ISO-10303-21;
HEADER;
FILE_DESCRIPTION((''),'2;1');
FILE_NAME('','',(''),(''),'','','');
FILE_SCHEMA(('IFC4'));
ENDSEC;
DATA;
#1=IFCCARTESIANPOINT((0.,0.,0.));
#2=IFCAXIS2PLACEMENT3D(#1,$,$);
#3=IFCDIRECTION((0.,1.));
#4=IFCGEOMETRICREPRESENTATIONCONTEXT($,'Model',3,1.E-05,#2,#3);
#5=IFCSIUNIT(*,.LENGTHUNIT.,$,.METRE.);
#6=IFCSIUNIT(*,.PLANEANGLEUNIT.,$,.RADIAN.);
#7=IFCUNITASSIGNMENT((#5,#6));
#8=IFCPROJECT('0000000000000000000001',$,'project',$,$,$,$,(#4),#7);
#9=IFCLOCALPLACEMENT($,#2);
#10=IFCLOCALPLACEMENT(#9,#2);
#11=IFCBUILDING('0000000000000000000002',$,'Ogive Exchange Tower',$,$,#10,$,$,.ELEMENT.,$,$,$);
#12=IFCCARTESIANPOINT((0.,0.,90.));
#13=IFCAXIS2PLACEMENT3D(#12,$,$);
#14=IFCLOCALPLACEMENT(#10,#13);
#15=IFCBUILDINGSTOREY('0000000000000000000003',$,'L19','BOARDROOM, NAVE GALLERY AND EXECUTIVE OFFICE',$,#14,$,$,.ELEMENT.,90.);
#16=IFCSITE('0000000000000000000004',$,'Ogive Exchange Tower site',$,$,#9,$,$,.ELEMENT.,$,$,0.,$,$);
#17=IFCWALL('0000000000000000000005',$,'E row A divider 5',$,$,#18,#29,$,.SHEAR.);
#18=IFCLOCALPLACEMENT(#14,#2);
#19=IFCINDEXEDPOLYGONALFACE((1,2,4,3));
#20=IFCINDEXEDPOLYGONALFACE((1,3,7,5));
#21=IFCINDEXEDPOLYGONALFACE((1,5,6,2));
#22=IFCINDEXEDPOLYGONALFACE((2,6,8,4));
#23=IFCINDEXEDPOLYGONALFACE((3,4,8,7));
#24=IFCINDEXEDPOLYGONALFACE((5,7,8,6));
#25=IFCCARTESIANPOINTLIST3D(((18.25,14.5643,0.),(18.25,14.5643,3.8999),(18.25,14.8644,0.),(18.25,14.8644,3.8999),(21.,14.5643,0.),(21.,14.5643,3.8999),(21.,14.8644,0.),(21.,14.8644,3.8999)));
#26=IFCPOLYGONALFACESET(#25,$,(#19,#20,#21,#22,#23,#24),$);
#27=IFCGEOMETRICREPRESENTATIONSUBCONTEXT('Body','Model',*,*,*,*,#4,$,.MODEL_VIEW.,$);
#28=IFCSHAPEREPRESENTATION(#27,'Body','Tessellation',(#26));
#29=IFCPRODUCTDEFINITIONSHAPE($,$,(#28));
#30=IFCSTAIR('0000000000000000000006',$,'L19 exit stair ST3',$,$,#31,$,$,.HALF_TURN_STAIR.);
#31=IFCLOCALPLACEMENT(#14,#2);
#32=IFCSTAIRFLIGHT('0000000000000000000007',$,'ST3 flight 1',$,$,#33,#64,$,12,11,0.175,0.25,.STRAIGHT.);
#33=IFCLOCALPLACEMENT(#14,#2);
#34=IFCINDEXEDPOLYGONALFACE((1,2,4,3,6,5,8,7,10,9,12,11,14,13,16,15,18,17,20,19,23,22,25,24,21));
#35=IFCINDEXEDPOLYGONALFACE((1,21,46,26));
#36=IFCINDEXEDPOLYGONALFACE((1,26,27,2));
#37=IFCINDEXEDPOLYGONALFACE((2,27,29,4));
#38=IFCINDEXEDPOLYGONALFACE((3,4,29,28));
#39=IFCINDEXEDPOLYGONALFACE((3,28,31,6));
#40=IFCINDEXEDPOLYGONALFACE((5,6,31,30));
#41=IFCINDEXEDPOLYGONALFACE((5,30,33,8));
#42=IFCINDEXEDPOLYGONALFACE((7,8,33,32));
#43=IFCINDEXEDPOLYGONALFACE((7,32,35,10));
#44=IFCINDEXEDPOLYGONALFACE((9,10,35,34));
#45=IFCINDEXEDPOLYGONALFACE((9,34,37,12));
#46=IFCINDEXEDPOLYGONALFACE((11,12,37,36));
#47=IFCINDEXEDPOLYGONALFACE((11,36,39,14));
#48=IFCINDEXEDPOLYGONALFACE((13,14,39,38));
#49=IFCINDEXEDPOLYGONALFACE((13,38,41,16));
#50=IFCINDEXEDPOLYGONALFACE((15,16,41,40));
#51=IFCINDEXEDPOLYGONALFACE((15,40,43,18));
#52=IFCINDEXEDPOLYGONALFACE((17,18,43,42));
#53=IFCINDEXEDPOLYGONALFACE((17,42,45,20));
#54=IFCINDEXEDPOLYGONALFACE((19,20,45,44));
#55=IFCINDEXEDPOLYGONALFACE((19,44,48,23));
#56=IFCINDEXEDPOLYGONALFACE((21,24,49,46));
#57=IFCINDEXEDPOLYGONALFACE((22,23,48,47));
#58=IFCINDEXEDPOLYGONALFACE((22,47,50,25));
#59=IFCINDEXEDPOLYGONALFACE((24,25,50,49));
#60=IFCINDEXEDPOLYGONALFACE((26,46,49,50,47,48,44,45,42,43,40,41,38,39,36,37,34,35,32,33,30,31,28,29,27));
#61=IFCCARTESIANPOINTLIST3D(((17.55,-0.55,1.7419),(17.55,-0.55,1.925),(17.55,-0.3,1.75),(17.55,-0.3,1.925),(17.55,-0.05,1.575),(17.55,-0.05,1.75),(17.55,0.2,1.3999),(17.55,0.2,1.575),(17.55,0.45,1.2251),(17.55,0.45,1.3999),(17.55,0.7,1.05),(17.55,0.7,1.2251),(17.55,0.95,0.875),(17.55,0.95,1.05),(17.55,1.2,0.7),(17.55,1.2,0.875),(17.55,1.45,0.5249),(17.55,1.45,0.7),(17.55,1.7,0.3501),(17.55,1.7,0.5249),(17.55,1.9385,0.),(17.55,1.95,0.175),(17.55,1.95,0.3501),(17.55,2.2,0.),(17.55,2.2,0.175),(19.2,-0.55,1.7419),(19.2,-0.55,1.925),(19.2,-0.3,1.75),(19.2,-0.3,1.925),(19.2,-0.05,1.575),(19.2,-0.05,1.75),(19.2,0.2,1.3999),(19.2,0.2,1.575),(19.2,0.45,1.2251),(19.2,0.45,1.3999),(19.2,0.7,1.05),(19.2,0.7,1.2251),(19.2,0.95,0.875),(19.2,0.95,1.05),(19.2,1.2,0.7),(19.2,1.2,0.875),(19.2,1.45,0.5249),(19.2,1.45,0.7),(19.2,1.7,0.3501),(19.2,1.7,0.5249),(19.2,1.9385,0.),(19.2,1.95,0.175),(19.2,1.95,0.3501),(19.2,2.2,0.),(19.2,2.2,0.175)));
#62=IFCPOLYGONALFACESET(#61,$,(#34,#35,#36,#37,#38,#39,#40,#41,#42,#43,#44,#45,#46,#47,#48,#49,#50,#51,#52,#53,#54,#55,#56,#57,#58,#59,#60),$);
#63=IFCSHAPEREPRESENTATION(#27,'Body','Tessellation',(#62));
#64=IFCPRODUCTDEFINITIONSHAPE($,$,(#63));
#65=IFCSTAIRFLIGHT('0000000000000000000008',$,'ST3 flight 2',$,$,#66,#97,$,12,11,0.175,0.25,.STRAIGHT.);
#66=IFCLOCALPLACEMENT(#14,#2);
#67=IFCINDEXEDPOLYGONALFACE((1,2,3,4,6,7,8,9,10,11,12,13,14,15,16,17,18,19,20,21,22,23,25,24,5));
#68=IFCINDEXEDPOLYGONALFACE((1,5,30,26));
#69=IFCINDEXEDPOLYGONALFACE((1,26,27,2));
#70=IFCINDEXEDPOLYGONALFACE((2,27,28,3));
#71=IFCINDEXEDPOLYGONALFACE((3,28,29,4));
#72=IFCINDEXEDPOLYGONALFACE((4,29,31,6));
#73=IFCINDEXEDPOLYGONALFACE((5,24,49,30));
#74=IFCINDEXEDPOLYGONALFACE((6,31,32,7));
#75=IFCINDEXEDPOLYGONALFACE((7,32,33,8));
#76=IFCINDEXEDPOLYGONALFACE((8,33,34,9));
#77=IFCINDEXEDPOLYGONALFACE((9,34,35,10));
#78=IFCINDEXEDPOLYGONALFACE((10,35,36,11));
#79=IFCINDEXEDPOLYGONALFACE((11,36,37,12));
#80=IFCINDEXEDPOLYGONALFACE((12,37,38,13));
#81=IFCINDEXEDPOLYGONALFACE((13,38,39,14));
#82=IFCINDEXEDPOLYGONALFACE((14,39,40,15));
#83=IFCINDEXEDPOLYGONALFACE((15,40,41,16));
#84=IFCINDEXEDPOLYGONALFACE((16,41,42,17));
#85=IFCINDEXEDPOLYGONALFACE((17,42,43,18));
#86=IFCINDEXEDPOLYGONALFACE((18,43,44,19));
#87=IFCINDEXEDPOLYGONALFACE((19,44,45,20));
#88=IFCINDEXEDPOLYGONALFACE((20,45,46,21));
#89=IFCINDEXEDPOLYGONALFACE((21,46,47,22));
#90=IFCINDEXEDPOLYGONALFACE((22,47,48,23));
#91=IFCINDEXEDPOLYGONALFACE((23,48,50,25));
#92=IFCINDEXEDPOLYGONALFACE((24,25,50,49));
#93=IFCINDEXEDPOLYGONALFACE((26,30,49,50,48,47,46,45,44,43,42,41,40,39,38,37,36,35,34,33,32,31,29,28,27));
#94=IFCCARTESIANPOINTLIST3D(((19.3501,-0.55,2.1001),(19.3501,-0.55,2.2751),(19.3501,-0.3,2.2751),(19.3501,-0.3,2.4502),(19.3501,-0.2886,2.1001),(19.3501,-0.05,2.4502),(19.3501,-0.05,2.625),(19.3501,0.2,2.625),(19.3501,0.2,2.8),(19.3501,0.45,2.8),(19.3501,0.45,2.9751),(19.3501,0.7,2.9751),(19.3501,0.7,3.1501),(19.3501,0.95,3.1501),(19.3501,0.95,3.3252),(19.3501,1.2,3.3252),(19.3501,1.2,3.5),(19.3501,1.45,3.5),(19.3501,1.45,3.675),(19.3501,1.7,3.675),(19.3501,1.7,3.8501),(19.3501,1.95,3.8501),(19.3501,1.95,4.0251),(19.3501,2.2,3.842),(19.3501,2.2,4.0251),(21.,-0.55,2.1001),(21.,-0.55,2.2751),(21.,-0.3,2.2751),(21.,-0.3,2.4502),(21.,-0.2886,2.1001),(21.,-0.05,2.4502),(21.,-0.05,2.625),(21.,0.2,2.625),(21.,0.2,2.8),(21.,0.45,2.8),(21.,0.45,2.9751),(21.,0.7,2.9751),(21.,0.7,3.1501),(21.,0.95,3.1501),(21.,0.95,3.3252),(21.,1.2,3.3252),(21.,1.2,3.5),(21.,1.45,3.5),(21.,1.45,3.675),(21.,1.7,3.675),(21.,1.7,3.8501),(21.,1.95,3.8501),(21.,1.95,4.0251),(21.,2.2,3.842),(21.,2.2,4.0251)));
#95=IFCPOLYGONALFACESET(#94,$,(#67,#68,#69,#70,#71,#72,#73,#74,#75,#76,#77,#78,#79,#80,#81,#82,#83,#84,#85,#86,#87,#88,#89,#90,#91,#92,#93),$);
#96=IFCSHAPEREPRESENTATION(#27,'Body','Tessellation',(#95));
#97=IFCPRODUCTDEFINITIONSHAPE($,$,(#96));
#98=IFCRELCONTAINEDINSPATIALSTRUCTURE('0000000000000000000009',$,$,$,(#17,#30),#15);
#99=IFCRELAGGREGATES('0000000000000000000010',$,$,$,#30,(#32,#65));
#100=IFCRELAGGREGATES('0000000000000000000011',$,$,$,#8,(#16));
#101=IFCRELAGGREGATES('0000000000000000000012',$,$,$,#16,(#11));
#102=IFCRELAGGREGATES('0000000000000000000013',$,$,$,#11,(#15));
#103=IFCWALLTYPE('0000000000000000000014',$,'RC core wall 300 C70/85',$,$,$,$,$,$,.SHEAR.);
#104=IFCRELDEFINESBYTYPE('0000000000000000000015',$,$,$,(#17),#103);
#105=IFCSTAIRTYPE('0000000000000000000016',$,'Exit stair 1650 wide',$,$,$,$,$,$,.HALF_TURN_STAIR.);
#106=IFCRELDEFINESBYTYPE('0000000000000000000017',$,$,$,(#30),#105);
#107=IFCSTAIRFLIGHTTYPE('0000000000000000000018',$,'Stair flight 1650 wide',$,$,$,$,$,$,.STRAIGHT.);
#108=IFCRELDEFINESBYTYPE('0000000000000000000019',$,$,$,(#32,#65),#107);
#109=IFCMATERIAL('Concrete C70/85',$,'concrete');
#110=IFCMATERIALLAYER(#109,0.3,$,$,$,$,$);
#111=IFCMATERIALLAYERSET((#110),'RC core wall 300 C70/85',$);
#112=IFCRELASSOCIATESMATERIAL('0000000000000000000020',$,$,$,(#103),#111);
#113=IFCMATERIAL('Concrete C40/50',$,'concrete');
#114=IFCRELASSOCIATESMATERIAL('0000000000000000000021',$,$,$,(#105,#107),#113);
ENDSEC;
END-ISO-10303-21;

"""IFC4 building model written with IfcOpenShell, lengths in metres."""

from ifc_helpers import new_model, si_unit, direction, frame, frame_2d, origin, place, context, subcontext, project, spatial, polyline, rectangle, outline, extrude, material, layer, layer_set, type_object, element, aggregate, save


model = new_model("IFC4")

# Units and contexts
model_context = context("Model", 3, precision=1e-05, world=origin(), true_north=direction((0.0, 1.0)))
body_context = subcontext(model_context, "Body", "Model", "MODEL_VIEW")
ifc_project = project(units=[si_unit("LENGTHUNIT", "METRE"), si_unit("PLANEANGLEUNIT", "RADIAN")], contexts=[model_context])

# Site, building, storey
site_placement = place(None, origin())
site = spatial("IfcSite", under=ifc_project, at=site_placement, Name="Ogive Exchange Tower site", CompositionType="ELEMENT", RefElevation=0.0)
building_placement = place(site_placement, origin())
building = spatial("IfcBuilding", under=site, at=building_placement, Name="Ogive Exchange Tower", CompositionType="ELEMENT")
storey_placement = place(building_placement, frame((0.0, 0.0, 90.0)))
storey = spatial("IfcBuildingStorey", under=building, at=storey_placement, Name="L19", Description="BOARDROOM, NAVE GALLERY AND EXECUTIVE OFFICE", CompositionType="ELEMENT", Elevation=90.0)

# Shared definitions
ifc_material_1 = material(Name="Concrete C70/85", Category="concrete")

# Wall
ifc_layer_1 = layer(ifc_material_1, 0.3)
ifc_layer_set_1 = layer_set([ifc_layer_1], Name="RC core wall 300 C70/85")
wall_type_1 = type_object("IfcWallType", Name="RC core wall 300 C70/85", PredefinedType="SHEAR", material=ifc_layer_set_1)
for number, where, z_axis, x_axis, name in (
    (1, (18.25, 14.7144, 0.0), (0.0, 0.0, 1.0), (1.0, 0.0, 0.0), "E row A divider 5"),
):
    element("IfcWall", number, at=place(storey_placement, frame(where, z_axis=z_axis, x_axis=x_axis)), inside=storey, type_object=wall_type_1, Name=name, PredefinedType="SHEAR", context=body_context, shape_type="SweptSolid", body=[
        extrude(rectangle(XDim=2.75, YDim=0.3, at=frame_2d((1.375, 0.0))), origin(), (0.0, 0.0, 1.0), 3.8999),
    ])

# Stair, stair flights
ifc_material_2 = material(Name="Concrete C40/50", Category="concrete")
stair_type = type_object("IfcStairType", Name="Exit stair 1650 wide", PredefinedType="HALF_TURN_STAIR", material=ifc_material_2)
stair_placement = place(storey_placement, origin())
stair = element("IfcStair", 2, at=stair_placement, inside=storey, type_object=stair_type, Name="L19 exit stair ST3", PredefinedType="HALF_TURN_STAIR")
stair_flight_type = type_object("IfcStairFlightType", Name="Stair flight 1650 wide", PredefinedType="STRAIGHT", material=ifc_material_2)
stair_flight_1_placement = place(storey_placement, frame((18.375, 2.2, 0.0), z_axis=(0.0, 0.0, 1.0), x_axis=(0.0, -1.0, 0.0)))
stair_flight_1 = element("IfcStairFlight", 3, at=stair_flight_1_placement, type_object=stair_flight_type, Name="ST3 flight 1", NumberOfRisers=12, NumberOfTreads=11, PredefinedType="STRAIGHT", RiserHeight=0.175, TreadLength=0.25, context=body_context, shape_type="SweptSolid", body=[
    extrude(outline(polyline([(0.0, 0.0), (0.0, 0.175), (0.25, 0.175), (0.25, 0.3501), (0.5, 0.3501), (0.5, 0.5249), (0.75, 0.5249), (0.75, 0.7), (1.0, 0.7), (1.0, 0.875), (1.25, 0.875), (1.25, 1.05), (1.5, 1.05), (1.5, 1.2251), (1.75, 1.2251), (1.75, 1.3999), (2.0, 1.3999), (2.0, 1.575), (2.25, 1.575), (2.25, 1.75), (2.5, 1.75), (2.5, 1.925), (2.75, 1.925), (2.75, 2.1001), (2.75, 1.7419), (0.2615, 0.0), (0.0, 0.0)])), frame((0.0, 0.825, 0.0), z_axis=(0.0, -1.0, 0.0), x_axis=(1.0, 0.0, 0.0)), (0.0, 0.0, 1.0), 1.6499),
])
stair_flight_2_placement = place(storey_placement, frame((20.175, -0.55, 2.1001), z_axis=(0.0, 0.0, 1.0), x_axis=(0.0, 1.0, 0.0)))
stair_flight_2 = element("IfcStairFlight", 4, at=stair_flight_2_placement, type_object=stair_flight_type, Name="ST3 flight 2", NumberOfRisers=12, NumberOfTreads=11, PredefinedType="STRAIGHT", RiserHeight=0.175, TreadLength=0.25, context=body_context, shape_type="SweptSolid", body=[
    extrude(outline(polyline([(0.0, 0.0), (0.0, 0.175), (0.25, 0.175), (0.25, 0.3501), (0.5, 0.3501), (0.5, 0.5249), (0.75, 0.5249), (0.75, 0.7), (1.0, 0.7), (1.0, 0.875), (1.25, 0.875), (1.25, 1.05), (1.5, 1.05), (1.5, 1.2251), (1.75, 1.2251), (1.75, 1.3999), (2.0, 1.3999), (2.0, 1.575), (2.25, 1.575), (2.25, 1.75), (2.5, 1.75), (2.5, 1.925), (2.75, 1.925), (2.75, 2.1001), (2.75, 1.7419), (0.2615, 0.0), (0.0, 0.0)])), frame((0.0, 0.825, 0.0), z_axis=(0.0, -1.0, 0.0), x_axis=(1.0, 0.0, 0.0)), (0.0, 0.0, 1.0), 1.6499),
])
aggregate(stair, [stair_flight_1, stair_flight_2])

save(model, "model.ifc")
